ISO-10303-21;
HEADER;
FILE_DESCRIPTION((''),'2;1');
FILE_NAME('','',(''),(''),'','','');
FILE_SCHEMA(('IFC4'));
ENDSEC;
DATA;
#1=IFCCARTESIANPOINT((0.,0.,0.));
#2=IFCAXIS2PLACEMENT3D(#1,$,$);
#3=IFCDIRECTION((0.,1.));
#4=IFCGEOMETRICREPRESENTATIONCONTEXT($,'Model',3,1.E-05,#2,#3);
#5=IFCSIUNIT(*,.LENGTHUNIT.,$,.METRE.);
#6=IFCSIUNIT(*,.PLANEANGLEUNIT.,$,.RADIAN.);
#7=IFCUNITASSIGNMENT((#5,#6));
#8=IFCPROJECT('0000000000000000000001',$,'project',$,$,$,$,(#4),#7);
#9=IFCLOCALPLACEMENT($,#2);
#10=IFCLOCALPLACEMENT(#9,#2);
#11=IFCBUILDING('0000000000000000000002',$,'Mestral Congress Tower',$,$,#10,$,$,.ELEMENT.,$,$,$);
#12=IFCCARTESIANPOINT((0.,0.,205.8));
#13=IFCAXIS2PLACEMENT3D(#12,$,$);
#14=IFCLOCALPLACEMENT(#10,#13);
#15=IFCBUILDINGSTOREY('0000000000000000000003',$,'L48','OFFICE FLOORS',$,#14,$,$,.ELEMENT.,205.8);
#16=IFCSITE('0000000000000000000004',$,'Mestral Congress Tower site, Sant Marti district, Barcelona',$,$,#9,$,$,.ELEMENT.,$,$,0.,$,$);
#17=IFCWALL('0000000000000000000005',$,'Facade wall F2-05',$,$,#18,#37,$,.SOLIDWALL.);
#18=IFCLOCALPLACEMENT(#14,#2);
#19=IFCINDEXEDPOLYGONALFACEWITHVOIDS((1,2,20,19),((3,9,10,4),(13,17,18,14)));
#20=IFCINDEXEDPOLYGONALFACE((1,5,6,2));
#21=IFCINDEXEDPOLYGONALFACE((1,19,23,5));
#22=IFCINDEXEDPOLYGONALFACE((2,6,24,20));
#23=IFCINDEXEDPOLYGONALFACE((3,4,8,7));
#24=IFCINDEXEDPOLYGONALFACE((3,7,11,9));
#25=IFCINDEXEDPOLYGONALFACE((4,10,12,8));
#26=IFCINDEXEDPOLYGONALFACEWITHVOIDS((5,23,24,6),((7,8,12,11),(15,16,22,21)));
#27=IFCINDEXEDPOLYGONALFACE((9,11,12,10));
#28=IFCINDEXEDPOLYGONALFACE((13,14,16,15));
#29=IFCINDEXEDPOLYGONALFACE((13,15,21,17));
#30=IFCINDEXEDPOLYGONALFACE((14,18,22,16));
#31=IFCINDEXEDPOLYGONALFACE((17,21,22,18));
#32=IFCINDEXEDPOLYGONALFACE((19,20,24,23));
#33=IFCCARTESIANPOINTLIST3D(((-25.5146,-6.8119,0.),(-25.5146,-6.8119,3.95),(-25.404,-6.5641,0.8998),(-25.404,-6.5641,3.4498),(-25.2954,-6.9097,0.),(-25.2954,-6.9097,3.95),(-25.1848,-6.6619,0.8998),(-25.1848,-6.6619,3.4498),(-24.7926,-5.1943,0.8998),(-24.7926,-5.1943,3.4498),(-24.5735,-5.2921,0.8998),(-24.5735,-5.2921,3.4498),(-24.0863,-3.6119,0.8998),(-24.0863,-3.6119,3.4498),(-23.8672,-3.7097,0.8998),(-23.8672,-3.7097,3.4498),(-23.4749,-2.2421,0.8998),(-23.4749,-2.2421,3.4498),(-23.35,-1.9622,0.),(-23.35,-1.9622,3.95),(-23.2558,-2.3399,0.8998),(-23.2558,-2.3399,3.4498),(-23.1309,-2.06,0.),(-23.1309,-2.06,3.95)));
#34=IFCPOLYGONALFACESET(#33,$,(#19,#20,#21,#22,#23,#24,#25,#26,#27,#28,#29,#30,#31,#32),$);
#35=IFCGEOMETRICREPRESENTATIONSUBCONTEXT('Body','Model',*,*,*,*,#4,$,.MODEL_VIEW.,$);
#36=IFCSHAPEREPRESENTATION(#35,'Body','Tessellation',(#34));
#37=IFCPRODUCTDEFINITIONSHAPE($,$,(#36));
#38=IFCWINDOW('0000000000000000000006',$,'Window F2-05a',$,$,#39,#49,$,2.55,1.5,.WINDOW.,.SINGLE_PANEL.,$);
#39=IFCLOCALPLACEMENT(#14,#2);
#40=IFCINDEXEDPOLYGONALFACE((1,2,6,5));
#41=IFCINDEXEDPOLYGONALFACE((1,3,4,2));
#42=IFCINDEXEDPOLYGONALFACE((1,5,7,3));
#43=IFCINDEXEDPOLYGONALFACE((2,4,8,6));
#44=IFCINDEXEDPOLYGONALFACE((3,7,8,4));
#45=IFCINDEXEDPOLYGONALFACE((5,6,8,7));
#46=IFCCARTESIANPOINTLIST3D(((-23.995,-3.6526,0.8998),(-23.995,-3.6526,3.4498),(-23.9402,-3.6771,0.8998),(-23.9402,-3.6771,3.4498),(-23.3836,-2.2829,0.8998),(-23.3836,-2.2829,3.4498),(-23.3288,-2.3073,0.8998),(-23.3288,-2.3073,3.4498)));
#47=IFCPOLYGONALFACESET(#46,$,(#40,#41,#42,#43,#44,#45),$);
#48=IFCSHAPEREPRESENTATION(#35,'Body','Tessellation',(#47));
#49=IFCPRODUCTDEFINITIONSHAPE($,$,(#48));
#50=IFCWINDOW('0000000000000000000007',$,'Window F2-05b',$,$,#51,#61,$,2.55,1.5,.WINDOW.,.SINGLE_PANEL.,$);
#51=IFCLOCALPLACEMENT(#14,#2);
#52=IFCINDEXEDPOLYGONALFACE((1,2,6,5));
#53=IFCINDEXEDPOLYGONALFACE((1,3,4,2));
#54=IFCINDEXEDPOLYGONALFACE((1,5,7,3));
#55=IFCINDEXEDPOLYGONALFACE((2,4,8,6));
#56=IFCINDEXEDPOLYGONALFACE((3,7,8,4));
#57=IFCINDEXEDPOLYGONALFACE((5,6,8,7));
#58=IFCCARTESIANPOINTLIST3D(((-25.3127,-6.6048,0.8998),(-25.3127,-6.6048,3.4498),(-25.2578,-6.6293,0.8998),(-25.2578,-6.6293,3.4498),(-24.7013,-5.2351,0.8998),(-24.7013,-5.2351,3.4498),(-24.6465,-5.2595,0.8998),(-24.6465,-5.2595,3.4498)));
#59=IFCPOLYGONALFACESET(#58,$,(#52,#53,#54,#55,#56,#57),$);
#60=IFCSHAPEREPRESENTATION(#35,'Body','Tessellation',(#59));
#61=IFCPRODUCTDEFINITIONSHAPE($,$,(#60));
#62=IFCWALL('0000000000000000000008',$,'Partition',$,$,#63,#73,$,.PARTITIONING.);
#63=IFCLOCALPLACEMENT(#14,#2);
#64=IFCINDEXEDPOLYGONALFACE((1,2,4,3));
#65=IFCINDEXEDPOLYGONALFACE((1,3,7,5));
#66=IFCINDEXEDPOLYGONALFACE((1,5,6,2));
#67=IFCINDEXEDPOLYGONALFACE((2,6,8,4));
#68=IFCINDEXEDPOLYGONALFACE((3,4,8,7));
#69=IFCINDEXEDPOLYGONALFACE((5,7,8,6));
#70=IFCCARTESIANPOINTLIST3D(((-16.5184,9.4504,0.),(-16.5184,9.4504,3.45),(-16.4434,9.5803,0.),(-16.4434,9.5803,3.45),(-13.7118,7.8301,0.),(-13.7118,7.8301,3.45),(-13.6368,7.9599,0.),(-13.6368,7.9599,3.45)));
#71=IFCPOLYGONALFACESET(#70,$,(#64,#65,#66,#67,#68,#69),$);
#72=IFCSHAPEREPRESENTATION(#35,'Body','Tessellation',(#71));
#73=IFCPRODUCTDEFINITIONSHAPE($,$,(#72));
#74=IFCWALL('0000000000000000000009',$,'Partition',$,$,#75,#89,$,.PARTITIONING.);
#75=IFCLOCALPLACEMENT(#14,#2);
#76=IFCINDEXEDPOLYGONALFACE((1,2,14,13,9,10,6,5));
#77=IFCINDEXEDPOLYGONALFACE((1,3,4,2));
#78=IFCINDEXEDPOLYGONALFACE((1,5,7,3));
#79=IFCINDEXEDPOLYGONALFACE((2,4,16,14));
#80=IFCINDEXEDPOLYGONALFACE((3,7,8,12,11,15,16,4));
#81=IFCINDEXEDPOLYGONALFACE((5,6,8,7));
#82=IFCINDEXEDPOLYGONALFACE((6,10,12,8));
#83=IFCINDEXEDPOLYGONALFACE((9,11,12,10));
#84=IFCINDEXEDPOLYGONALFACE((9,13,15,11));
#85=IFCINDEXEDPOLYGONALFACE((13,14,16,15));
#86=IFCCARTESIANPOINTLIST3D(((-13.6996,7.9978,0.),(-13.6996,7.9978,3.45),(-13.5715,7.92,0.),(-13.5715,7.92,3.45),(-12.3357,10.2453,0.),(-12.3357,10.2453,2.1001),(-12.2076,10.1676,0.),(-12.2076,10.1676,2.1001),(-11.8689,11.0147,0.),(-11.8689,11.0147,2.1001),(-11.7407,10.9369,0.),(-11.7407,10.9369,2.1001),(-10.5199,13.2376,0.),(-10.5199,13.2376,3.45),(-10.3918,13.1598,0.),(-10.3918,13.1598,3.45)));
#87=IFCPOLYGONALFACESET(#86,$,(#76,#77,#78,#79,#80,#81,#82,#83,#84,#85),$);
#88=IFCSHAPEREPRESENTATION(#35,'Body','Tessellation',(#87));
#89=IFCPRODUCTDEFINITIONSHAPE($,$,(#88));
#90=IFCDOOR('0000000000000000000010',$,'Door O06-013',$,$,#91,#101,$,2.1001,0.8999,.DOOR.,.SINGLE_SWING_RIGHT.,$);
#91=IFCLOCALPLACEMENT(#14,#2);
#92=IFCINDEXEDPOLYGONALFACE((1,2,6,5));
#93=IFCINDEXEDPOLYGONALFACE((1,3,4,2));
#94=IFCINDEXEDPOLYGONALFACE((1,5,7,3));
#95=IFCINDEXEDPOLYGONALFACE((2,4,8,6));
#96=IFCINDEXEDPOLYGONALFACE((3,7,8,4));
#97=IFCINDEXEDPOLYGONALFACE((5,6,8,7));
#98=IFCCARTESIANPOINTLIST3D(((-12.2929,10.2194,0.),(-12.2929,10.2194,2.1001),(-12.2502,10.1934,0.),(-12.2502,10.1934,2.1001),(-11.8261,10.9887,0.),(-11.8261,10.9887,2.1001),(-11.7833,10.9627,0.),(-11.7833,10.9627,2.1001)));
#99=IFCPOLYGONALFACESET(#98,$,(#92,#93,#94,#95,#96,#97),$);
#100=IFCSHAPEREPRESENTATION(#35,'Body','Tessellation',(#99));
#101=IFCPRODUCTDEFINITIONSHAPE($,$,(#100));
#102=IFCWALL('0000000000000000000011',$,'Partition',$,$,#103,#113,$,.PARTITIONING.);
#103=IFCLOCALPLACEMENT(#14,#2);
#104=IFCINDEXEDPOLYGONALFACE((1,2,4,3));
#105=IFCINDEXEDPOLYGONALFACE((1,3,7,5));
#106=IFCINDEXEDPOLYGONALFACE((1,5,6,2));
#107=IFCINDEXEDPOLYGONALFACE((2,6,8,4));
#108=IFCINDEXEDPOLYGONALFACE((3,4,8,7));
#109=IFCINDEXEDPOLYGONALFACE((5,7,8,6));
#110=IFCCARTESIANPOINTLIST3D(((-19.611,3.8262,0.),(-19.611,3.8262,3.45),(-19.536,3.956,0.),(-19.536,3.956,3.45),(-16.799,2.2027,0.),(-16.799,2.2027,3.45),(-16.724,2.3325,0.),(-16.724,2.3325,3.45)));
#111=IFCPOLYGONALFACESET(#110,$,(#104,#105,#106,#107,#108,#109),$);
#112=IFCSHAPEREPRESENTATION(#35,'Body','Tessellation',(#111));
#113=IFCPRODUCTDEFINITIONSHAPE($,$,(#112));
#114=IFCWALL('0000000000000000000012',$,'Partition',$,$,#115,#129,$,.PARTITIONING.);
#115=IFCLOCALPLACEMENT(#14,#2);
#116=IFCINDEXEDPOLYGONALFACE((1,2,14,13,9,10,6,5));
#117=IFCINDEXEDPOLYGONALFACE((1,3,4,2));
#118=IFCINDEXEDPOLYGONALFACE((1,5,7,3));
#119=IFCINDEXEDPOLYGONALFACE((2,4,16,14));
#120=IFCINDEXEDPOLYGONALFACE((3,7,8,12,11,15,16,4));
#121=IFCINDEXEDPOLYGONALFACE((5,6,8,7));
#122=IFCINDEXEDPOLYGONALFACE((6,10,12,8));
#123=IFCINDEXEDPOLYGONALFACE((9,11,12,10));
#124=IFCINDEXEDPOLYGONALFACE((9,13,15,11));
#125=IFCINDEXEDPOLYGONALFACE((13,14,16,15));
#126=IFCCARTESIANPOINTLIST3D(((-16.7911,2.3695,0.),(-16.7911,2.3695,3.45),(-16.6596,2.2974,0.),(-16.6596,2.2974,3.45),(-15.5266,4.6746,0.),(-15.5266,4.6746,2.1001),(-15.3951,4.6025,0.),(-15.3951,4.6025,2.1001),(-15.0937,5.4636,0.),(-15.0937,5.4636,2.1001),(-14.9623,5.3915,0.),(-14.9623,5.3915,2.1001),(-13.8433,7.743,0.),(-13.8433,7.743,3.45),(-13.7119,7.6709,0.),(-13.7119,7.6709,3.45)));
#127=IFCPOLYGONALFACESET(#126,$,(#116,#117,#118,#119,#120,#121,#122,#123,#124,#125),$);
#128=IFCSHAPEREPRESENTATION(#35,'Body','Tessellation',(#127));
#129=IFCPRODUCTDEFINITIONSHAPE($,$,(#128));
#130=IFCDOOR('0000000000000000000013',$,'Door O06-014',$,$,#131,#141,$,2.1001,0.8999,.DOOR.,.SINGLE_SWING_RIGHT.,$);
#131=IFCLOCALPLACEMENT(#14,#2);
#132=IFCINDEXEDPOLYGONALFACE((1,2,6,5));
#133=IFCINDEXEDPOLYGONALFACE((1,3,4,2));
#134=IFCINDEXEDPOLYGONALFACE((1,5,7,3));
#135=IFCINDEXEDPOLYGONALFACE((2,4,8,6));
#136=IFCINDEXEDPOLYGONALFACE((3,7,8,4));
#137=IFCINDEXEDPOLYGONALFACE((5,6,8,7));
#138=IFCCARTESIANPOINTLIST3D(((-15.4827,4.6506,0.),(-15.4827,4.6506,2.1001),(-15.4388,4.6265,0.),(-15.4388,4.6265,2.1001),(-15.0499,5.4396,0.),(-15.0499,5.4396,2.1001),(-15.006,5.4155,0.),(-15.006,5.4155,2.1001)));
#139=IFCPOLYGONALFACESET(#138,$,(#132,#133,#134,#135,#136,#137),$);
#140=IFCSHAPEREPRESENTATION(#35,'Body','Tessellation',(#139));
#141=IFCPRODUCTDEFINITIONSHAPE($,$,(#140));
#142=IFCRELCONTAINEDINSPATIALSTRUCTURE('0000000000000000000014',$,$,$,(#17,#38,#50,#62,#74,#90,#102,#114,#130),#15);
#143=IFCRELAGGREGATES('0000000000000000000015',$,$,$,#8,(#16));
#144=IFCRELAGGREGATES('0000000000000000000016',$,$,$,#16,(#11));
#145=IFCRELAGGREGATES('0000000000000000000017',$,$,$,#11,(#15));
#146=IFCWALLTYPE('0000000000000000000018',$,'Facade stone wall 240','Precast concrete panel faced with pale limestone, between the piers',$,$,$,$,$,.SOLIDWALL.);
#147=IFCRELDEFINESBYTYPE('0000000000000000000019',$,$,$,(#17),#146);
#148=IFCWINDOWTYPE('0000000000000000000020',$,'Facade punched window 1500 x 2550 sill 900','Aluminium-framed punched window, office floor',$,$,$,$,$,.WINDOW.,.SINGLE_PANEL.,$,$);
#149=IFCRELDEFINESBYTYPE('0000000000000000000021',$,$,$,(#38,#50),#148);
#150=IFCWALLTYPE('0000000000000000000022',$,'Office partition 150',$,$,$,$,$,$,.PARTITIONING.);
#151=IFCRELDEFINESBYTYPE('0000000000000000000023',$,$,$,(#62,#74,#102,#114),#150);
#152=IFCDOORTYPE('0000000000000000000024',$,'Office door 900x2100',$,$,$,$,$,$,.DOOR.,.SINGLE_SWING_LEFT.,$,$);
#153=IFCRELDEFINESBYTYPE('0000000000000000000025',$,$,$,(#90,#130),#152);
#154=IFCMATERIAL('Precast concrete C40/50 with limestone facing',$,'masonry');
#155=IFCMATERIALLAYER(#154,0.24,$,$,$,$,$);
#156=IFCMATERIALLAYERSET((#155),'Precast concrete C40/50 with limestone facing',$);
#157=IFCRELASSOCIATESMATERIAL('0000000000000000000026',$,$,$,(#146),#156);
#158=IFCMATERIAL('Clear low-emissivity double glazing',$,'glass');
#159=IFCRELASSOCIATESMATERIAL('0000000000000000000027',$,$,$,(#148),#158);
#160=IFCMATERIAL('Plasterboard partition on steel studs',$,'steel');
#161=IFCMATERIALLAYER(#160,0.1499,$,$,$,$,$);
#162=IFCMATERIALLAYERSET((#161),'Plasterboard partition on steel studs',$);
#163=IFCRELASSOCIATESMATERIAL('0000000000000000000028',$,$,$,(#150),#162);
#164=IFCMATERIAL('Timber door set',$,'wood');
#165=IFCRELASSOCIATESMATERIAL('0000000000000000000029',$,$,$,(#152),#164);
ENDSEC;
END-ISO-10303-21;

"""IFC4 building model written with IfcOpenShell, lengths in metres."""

from ifc_helpers import new_model, si_unit, direction, frame, frame_2d, origin, place, context, subcontext, project, spatial, rectangle, extrude, material, layer, layer_set, type_object, element, fill, save


model = new_model("IFC4")

# Units and contexts
model_context = context("Model", 3, precision=1e-05, world=origin(), true_north=direction((0.0, 1.0)))
body_context = subcontext(model_context, "Body", "Model", "MODEL_VIEW")
ifc_project = project(units=[si_unit("LENGTHUNIT", "METRE"), si_unit("PLANEANGLEUNIT", "RADIAN")], contexts=[model_context])

# Site, building, storey
site_placement = place(None, origin())
site = spatial("IfcSite", under=ifc_project, at=site_placement, Name="Mestral Congress Tower site, Sant Marti district, Barcelona", CompositionType="ELEMENT", RefElevation=0.0)
building_placement = place(site_placement, origin())
building = spatial("IfcBuilding", under=site, at=building_placement, Name="Mestral Congress Tower", CompositionType="ELEMENT")
storey_placement = place(building_placement, frame((0.0, 0.0, 205.8)))
storey = spatial("IfcBuildingStorey", under=building, at=storey_placement, Name="L48", Description="OFFICE FLOORS", CompositionType="ELEMENT", Elevation=205.8)

# Wall, openings, windows
ifc_material_1 = material(Name="Precast concrete C40/50 with limestone facing", Category="masonry")
ifc_layer_1 = layer(ifc_material_1, 0.24)
ifc_layer_set_1 = layer_set([ifc_layer_1], Name="Precast concrete C40/50 with limestone facing")
wall_type_1 = type_object("IfcWallType", Name="Facade stone wall 240", Description="Precast concrete panel faced with pale limestone, between the piers", PredefinedType="SOLIDWALL", material=ifc_layer_set_1)
ifc_material_2 = material(Name="Clear low-emissivity double glazing", Category="glass")
window_type = type_object("IfcWindowType", Name="Facade punched window 1500 x 2550 sill 900", Description="Aluminium-framed punched window, office floor", PartitioningType="SINGLE_PANEL", PredefinedType="WINDOW", material=ifc_material_2)
wall_1_placement = place(storey_placement, frame((-23.2405, -2.0112, 0.0), z_axis=(0.0, 0.0, 1.0), x_axis=(-0.40758, -0.91317, 0.0)))
wall_1 = element("IfcWall", 1, at=wall_1_placement, inside=storey, type_object=wall_type_1, Name="Facade wall F2-05", PredefinedType="SOLIDWALL", context=body_context, shape_type="SweptSolid", body=[
    extrude(rectangle(XDim=5.3108, YDim=0.24, at=frame_2d((2.6553, 0.0))), origin(), (0.0, 0.0, 1.0), 3.95),
])
opening_1_placement = place(wall_1_placement, frame((0.3064, 0.0, 0.8999)))
opening_1 = element("IfcOpeningElement", 2, at=opening_1_placement, cuts=wall_1, PredefinedType="OPENING", context=body_context, shape_type="SweptSolid", body=[
    extrude(rectangle(XDim=1.5, YDim=2.55, at=frame_2d((0.75, 1.2749))), frame((0.0, 0.1299, 0.0), z_axis=(0.0, -1.0, 0.0), x_axis=(1.0, 0.0, 0.0)), (0.0, 0.0, 1.0), 0.26),
])
opening_2_placement = place(wall_1_placement, frame((3.5393, 0.0, 0.8999)))
opening_2 = element("IfcOpeningElement", 3, at=opening_2_placement, cuts=wall_1, PredefinedType="OPENING", context=body_context, shape_type="SweptSolid", body=[
    extrude(rectangle(XDim=1.5, YDim=2.55, at=frame_2d((0.75, 1.2749))), frame((0.0, 0.1299, 0.0), z_axis=(0.0, -1.0, 0.0), x_axis=(1.0, 0.0, 0.0)), (0.0, 0.0, 1.0), 0.26),
])
window_1_placement = place(opening_1_placement, origin())
window_1 = element("IfcWindow", 4, at=window_1_placement, inside=storey, type_object=window_type, Name="Window F2-05a", OverallHeight=2.55, OverallWidth=1.5, PartitioningType="SINGLE_PANEL", PredefinedType="WINDOW", context=body_context, shape_type="SweptSolid", body=[
    extrude(rectangle(XDim=1.5, YDim=2.55, at=frame_2d((0.75, 1.2749))), frame((0.0, 0.04, 0.0), z_axis=(0.0, -1.0, 0.0), x_axis=(1.0, 0.0, 0.0)), (0.0, 0.0, 1.0), 0.0601),
])
fill(opening_1, window_1)
window_2_placement = place(opening_2_placement, origin())
window_2 = element("IfcWindow", 5, at=window_2_placement, inside=storey, type_object=window_type, Name="Window F2-05b", OverallHeight=2.55, OverallWidth=1.5, PartitioningType="SINGLE_PANEL", PredefinedType="WINDOW", context=body_context, shape_type="SweptSolid", body=[
    extrude(rectangle(XDim=1.5, YDim=2.55, at=frame_2d((0.75, 1.2749))), frame((0.0, 0.04, 0.0), z_axis=(0.0, -1.0, 0.0), x_axis=(1.0, 0.0, 0.0)), (0.0, 0.0, 1.0), 0.0601),
])
fill(opening_2, window_2)

# Wall
ifc_material_3 = material(Name="Plasterboard partition on steel studs", Category="steel")
ifc_layer_2 = layer(ifc_material_3, 0.1499)
ifc_layer_set_2 = layer_set([ifc_layer_2], Name="Plasterboard partition on steel studs")
wall_type_2 = type_object("IfcWallType", Name="Office partition 150", PredefinedType="PARTITIONING", material=ifc_layer_set_2)
wall_2_placement = place(storey_placement, frame((-13.6743, 7.895, 0.0), z_axis=(0.0, 0.0, 1.0), x_axis=(-0.866033, 0.499988, 0.0)))
element("IfcWall", 6, at=wall_2_placement, inside=storey, type_object=wall_type_2, Name="Partition", PredefinedType="PARTITIONING", context=body_context, shape_type="SweptSolid", body=[
    extrude(rectangle(XDim=3.2407, YDim=0.1499, at=frame_2d((1.6204, 0.0))), origin(), (0.0, 0.0, 1.0), 3.45),
])

# Wall, opening, door
wall_3_placement = place(storey_placement, frame((-13.6355, 7.959, 0.0), z_axis=(0.0, 0.0, 1.0), x_axis=(0.518789, 0.854902, 0.0)))
wall_3 = element("IfcWall", 7, at=wall_3_placement, inside=storey, type_object=wall_type_2, Name="Partition", PredefinedType="PARTITIONING", context=body_context, shape_type="SweptSolid", body=[
    extrude(rectangle(XDim=6.1292, YDim=0.1499, at=frame_2d((3.0645, 0.0))), origin(), (0.0, 0.0, 1.0), 3.45),
])
opening_3_placement = place(wall_3_placement, frame((2.6289, 0.0, 0.0)))
opening_3 = element("IfcOpeningElement", 8, at=opening_3_placement, cuts=wall_3, PredefinedType="OPENING", context=body_context, shape_type="SweptSolid", body=[
    extrude(rectangle(XDim=0.8999, YDim=2.1001, at=frame_2d((0.45, 1.05))), frame((0.0, 0.085, 0.0), z_axis=(0.0, -1.0, 0.0), x_axis=(1.0, 0.0, 0.0)), (0.0, 0.0, 1.0), 0.1699),
])
ifc_material_4 = material(Name="Timber door set", Category="wood")
door_type_1 = type_object("IfcDoorType", Name="Office door 900x2100", OperationType="SINGLE_SWING_LEFT", PredefinedType="DOOR", material=ifc_material_4)
door_1_placement = place(opening_3_placement, origin())
door_1 = element("IfcDoor", 9, at=door_1_placement, inside=storey, type_object=door_type_1, Name="Door O06-013", OperationType="SINGLE_SWING_RIGHT", OverallHeight=2.1001, OverallWidth=0.8999, PredefinedType="DOOR", context=body_context, shape_type="SweptSolid", body=[
    extrude(rectangle(XDim=0.8999, YDim=2.1001, at=frame_2d((0.45, 1.05))), frame((0.0, 0.0249, 0.0), z_axis=(0.0, -1.0, 0.0), x_axis=(1.0, 0.0, 0.0)), (0.0, 0.0, 1.0), 0.05),
])
fill(opening_3, door_1)

# Wall
wall_4_placement = place(storey_placement, frame((-16.7615, 2.2676, 0.0), z_axis=(0.0, 0.0, 1.0), x_axis=(-0.866023, 0.500004, 0.0)))
element("IfcWall", 10, at=wall_4_placement, inside=storey, type_object=wall_type_2, Name="Partition", PredefinedType="PARTITIONING", context=body_context, shape_type="SweptSolid", body=[
    extrude(rectangle(XDim=3.2471, YDim=0.1499, at=frame_2d((1.6235, 0.0))), origin(), (0.0, 0.0, 1.0), 3.45),
])

# Wall, opening, door
wall_5_placement = place(storey_placement, frame((-16.7253, 2.3335, 0.0), z_axis=(0.0, 0.0, 1.0), x_axis=(0.480955, 0.876745, 0.0)))
wall_5 = element("IfcWall", 11, at=wall_5_placement, inside=storey, type_object=wall_type_2, Name="Partition", PredefinedType="PARTITIONING", context=body_context, shape_type="SweptSolid", body=[
    extrude(rectangle(XDim=6.1289, YDim=0.1499, at=frame_2d((3.0645, 0.0))), origin(), (0.0, 0.0, 1.0), 3.45),
])
opening_4_placement = place(wall_5_placement, frame((2.6292, 0.0, 0.0)))
opening_4 = element("IfcOpeningElement", 12, at=opening_4_placement, cuts=wall_5, PredefinedType="OPENING", context=body_context, shape_type="SweptSolid", body=[
    extrude(rectangle(XDim=0.8999, YDim=2.1001, at=frame_2d((0.45, 1.05))), frame((0.0, 0.085, 0.0), z_axis=(0.0, -1.0, 0.0), x_axis=(1.0, 0.0, 0.0)), (0.0, 0.0, 1.0), 0.1699),
])
door_2_placement = place(opening_4_placement, origin())
door_2 = element("IfcDoor", 13, at=door_2_placement, inside=storey, type_object=door_type_1, Name="Door O06-014", OperationType="SINGLE_SWING_RIGHT", OverallHeight=2.1001, OverallWidth=0.8999, PredefinedType="DOOR", context=body_context, shape_type="SweptSolid", body=[
    extrude(rectangle(XDim=0.8999, YDim=2.1001, at=frame_2d((0.45, 1.05))), frame((0.0, 0.0249, 0.0), z_axis=(0.0, -1.0, 0.0), x_axis=(1.0, 0.0, 0.0)), (0.0, 0.0, 1.0), 0.05),
])
fill(opening_4, door_2)

save(model, "model.ifc")
